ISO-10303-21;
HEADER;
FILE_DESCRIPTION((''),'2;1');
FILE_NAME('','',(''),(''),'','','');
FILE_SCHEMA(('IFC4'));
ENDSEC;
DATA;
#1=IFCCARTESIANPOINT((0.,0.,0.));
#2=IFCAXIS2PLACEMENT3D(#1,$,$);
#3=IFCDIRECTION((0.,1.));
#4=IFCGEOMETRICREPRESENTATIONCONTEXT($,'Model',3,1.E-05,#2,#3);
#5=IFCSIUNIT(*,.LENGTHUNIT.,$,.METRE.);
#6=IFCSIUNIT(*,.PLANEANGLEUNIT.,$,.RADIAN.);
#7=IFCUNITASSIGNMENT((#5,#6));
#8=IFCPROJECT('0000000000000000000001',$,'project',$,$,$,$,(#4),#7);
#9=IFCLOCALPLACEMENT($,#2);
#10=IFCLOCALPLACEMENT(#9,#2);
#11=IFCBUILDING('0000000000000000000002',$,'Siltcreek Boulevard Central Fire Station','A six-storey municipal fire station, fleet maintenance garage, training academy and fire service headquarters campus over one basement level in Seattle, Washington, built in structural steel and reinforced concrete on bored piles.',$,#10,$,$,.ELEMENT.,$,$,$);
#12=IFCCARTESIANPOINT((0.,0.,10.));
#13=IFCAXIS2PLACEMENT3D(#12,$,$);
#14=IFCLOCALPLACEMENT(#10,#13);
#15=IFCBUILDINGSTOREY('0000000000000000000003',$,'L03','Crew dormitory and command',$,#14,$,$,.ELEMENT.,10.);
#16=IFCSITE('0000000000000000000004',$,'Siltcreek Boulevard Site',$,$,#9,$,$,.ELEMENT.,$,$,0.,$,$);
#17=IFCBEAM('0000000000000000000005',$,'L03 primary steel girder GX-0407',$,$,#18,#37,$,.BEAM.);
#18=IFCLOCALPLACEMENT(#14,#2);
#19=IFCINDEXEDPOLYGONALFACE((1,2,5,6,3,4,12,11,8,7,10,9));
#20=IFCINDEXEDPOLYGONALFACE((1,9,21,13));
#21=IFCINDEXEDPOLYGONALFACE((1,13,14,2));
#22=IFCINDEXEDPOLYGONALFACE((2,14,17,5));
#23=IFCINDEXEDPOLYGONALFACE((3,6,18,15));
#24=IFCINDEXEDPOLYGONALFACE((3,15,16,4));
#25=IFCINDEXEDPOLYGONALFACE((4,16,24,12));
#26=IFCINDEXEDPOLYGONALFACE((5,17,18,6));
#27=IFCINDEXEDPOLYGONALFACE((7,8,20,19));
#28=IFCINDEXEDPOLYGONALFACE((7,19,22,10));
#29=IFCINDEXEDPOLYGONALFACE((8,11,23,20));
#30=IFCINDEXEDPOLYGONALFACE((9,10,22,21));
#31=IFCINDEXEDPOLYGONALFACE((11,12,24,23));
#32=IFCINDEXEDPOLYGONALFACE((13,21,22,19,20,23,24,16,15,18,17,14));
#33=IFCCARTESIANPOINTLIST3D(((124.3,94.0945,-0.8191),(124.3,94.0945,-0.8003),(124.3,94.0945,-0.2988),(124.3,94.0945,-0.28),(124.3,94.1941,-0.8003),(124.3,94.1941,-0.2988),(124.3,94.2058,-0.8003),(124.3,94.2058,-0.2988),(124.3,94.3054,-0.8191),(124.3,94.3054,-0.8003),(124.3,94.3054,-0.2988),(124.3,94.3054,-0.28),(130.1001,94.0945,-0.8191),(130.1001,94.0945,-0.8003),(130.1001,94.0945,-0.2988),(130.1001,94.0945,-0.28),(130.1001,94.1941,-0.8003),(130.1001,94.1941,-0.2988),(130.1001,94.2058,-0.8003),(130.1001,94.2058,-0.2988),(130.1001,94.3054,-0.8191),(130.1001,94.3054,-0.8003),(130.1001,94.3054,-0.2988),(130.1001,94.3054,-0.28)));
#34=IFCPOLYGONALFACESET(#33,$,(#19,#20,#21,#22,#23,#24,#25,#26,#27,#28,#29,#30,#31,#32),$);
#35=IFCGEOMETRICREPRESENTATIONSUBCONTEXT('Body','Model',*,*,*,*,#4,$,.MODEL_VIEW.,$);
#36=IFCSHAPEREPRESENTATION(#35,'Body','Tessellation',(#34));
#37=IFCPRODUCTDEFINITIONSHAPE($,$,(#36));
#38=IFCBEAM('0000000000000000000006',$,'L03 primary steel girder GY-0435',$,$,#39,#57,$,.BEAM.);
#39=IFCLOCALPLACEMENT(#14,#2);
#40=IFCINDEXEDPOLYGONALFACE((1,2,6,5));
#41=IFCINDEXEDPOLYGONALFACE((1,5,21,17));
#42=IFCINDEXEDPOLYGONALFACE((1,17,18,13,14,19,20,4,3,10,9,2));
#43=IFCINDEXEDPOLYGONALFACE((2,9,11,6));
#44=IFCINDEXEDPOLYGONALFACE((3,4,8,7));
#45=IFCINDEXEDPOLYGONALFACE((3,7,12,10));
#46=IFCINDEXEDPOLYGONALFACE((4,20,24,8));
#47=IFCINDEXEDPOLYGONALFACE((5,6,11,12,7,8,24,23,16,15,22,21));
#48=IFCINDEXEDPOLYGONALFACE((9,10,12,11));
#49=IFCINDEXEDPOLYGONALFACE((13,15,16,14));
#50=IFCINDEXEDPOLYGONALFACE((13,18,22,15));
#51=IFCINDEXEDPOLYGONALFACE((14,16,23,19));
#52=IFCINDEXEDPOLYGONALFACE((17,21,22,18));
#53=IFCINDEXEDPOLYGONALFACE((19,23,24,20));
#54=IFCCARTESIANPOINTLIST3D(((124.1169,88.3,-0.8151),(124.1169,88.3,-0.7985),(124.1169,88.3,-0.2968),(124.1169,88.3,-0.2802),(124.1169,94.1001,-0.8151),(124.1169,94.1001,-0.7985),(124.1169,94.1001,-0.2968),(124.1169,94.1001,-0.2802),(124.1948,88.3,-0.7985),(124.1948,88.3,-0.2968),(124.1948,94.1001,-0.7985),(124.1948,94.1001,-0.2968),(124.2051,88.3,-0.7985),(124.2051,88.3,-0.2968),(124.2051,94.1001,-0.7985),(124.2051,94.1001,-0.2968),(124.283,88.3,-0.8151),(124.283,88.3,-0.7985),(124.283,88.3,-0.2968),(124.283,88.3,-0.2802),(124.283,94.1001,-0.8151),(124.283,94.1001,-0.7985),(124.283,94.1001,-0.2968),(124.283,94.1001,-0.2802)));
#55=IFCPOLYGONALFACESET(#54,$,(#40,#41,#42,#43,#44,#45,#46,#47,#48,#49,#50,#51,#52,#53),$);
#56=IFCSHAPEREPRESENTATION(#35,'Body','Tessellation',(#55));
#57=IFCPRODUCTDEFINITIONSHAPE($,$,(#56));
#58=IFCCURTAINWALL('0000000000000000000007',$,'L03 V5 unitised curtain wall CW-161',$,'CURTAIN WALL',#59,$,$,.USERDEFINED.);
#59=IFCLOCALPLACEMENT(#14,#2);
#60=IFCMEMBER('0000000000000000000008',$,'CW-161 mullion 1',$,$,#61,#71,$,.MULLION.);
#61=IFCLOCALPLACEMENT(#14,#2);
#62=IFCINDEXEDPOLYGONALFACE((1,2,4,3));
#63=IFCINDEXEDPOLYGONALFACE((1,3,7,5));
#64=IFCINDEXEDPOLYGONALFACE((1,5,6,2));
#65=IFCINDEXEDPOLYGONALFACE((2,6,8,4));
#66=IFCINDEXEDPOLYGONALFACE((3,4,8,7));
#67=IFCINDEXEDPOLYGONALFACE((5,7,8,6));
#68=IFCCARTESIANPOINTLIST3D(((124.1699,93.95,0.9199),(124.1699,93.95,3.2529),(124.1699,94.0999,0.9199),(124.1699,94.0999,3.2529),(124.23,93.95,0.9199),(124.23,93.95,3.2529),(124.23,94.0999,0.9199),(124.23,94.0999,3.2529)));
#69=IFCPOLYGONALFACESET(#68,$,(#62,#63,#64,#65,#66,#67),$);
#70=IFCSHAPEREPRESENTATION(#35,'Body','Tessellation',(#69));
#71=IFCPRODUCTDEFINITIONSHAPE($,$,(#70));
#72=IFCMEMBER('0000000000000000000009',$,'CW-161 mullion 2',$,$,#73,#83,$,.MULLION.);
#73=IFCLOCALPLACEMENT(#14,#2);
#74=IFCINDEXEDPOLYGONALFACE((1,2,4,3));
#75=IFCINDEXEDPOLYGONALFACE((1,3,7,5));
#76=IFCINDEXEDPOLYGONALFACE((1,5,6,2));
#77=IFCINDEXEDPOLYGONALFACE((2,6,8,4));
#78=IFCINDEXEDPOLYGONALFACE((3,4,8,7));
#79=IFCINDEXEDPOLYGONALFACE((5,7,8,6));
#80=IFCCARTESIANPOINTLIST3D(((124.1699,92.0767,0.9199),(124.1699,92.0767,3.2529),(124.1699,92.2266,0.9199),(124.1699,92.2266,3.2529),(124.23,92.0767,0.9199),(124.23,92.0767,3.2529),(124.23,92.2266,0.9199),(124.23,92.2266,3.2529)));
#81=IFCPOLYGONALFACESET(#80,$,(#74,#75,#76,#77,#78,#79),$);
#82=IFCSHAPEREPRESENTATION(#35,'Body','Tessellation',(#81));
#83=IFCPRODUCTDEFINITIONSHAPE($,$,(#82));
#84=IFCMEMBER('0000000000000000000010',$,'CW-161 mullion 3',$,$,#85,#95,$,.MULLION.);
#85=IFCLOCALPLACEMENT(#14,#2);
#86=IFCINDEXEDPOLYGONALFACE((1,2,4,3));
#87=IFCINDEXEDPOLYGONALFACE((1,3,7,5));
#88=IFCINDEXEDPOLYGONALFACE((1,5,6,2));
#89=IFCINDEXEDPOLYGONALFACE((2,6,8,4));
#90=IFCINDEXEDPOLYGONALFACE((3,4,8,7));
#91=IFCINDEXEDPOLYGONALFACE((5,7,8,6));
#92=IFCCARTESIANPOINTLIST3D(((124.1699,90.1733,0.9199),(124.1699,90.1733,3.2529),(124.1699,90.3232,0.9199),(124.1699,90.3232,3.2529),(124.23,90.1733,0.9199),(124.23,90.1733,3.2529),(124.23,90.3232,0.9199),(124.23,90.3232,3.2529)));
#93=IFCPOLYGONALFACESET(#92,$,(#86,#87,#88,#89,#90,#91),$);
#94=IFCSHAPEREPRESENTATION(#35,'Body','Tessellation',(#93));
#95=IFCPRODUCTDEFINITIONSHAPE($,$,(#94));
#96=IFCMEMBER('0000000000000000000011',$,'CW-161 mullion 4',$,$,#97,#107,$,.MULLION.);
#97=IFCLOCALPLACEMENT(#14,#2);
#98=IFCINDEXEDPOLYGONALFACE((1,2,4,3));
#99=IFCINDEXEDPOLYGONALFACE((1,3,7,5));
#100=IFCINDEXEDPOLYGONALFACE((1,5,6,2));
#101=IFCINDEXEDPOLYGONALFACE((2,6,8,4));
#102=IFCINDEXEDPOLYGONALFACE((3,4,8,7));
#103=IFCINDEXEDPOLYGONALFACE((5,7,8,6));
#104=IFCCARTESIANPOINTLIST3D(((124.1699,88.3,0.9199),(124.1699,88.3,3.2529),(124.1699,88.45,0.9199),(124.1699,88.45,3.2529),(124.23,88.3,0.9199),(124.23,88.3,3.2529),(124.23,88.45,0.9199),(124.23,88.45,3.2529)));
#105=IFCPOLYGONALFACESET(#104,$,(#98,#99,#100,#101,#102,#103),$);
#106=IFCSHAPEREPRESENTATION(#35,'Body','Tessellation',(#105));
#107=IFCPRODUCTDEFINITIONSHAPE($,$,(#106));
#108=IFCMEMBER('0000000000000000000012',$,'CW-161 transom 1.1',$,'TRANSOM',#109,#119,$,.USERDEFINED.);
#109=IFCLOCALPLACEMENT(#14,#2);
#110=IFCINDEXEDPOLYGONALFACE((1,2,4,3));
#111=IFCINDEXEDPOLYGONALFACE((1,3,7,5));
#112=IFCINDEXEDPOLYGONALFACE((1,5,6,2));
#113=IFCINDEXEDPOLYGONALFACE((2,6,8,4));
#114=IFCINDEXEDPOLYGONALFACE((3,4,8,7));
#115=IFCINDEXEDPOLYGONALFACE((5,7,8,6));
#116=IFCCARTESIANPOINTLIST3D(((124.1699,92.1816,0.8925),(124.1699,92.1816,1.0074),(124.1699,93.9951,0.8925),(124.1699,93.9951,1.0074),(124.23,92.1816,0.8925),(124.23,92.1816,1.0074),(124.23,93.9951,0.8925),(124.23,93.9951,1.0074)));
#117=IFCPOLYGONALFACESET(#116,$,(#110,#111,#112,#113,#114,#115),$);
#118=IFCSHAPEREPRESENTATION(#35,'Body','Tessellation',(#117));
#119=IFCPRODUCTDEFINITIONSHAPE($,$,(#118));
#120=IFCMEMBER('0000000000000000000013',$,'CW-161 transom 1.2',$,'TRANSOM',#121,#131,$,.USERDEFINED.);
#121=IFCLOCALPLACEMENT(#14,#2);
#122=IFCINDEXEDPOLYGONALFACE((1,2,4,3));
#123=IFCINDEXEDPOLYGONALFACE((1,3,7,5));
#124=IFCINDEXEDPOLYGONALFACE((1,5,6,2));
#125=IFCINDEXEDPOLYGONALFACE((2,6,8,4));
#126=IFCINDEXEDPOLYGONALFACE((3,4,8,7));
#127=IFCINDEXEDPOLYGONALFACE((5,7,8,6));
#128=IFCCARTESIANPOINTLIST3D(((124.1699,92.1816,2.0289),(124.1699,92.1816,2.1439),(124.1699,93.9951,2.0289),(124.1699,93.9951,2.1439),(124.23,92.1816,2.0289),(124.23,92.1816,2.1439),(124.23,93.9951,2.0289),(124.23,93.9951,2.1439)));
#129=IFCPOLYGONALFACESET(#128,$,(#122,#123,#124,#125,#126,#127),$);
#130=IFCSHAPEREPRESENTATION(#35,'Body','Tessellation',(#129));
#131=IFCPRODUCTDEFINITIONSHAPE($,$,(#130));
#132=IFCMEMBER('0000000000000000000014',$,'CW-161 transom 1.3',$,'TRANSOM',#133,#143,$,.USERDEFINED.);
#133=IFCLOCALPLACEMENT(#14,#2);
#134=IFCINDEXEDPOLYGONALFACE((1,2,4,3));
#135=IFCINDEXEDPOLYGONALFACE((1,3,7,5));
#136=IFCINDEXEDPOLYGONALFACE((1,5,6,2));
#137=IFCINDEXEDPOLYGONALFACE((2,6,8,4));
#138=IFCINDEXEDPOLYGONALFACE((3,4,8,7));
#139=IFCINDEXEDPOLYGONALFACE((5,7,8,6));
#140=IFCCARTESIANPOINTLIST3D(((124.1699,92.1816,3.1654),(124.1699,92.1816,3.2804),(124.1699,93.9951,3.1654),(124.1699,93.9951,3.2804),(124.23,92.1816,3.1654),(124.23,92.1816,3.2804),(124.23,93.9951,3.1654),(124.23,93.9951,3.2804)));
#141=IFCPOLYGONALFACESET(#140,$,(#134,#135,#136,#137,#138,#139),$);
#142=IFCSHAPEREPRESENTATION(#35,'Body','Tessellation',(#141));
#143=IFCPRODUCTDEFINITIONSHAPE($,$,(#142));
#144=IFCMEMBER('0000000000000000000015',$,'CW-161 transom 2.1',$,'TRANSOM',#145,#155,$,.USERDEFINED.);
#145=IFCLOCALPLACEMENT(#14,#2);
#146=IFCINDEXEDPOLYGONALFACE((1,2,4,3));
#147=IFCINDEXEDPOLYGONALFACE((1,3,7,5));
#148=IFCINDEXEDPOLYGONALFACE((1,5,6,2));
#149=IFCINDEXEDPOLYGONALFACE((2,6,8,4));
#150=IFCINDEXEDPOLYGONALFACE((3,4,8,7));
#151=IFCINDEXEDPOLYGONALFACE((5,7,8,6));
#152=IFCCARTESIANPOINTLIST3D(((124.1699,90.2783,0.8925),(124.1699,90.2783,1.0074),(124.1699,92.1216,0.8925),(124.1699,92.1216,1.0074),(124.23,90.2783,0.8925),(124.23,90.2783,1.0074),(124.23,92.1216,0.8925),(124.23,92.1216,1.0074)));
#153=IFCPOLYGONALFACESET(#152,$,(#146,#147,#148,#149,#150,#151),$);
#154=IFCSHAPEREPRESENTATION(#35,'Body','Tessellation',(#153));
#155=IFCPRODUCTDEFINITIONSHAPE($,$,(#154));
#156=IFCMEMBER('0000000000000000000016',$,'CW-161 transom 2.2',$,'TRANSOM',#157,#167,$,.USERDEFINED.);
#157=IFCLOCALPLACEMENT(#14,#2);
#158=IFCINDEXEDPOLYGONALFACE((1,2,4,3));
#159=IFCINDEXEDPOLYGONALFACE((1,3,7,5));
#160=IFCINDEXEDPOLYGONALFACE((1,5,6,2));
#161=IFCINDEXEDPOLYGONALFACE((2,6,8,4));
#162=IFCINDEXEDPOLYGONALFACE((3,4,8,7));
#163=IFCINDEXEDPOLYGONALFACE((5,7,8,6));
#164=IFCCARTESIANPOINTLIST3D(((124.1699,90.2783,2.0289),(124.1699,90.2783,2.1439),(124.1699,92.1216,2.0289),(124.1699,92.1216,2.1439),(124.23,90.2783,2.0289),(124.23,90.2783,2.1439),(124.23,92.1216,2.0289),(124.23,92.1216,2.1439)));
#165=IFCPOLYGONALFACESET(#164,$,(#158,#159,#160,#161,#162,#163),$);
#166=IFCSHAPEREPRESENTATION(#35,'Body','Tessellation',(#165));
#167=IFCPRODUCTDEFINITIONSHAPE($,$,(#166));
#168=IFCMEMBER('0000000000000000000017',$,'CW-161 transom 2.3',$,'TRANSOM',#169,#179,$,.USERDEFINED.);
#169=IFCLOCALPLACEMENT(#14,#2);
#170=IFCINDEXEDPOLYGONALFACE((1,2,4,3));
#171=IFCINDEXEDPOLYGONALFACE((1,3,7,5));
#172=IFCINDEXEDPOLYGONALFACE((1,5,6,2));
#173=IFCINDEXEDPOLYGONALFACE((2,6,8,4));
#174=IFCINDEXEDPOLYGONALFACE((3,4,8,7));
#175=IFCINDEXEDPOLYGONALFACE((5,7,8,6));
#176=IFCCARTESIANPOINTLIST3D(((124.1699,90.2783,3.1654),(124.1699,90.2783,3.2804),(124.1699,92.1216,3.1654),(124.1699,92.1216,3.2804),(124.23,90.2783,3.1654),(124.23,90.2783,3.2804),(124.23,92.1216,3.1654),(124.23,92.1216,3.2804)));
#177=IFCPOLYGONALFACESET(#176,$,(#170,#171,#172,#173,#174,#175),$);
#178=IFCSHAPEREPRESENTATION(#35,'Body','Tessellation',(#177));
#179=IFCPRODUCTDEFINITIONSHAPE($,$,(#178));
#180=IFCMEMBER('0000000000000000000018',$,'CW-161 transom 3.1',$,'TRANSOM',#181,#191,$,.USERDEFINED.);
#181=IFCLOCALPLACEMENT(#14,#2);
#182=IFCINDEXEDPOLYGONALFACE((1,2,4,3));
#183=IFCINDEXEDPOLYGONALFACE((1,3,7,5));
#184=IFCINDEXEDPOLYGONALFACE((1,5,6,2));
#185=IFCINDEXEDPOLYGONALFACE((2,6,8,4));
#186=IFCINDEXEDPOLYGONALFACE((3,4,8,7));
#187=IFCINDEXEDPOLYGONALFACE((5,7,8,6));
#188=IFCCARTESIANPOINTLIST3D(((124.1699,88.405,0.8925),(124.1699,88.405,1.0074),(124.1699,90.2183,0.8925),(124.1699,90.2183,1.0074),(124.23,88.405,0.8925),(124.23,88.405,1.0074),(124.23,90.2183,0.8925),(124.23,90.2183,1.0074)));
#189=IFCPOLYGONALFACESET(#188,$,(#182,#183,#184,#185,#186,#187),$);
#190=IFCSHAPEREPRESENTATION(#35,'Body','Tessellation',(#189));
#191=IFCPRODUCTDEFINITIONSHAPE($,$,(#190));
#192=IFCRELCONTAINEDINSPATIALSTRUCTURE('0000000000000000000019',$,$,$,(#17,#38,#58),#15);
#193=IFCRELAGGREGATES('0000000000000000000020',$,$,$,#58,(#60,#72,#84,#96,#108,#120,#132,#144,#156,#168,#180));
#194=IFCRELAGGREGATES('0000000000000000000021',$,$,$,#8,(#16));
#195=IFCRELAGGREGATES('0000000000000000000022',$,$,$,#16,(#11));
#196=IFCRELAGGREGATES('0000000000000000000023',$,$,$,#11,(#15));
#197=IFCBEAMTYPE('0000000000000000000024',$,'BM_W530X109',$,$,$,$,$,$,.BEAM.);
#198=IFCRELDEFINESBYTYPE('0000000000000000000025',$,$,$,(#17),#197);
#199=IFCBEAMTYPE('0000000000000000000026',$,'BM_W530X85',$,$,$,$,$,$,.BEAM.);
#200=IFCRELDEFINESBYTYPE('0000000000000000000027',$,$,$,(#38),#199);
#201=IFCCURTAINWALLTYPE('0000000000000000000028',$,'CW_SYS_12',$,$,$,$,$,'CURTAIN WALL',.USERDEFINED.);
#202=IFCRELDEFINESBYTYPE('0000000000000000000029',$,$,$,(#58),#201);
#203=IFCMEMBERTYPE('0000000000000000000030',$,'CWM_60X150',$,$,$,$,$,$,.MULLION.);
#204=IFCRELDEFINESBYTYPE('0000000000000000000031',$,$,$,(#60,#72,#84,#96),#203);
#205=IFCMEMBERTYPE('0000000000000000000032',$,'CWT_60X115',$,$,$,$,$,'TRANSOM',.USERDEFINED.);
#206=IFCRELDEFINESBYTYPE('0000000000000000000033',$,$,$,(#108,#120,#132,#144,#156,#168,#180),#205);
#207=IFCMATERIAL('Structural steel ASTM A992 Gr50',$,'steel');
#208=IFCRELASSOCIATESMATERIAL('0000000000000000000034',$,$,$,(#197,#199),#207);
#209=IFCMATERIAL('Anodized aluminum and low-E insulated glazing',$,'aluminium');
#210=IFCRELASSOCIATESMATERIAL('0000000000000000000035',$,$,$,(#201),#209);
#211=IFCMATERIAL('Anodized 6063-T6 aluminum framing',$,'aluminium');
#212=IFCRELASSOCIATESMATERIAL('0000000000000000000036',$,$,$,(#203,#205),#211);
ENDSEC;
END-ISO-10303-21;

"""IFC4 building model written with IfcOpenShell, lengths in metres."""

from ifc_helpers import new_model, si_unit, direction, frame, origin, origin_2d, place, context, subcontext, project, spatial, rectangle, i_section, extrude, material, material_profile, profile_set, type_object, element, aggregate, save


model = new_model("IFC4")

# Units and contexts
model_context = context("Model", 3, precision=1e-05, world=origin(), true_north=direction((0.0, 1.0)))
body_context = subcontext(model_context, "Body", "Model", "MODEL_VIEW")
ifc_project = project(units=[si_unit("LENGTHUNIT", "METRE"), si_unit("PLANEANGLEUNIT", "RADIAN")], contexts=[model_context])

# Site, building, storey
site_placement = place(None, origin())
site = spatial("IfcSite", under=ifc_project, at=site_placement, Name="Siltcreek Boulevard Site", CompositionType="ELEMENT", RefElevation=0.0)
building_placement = place(site_placement, origin())
building = spatial("IfcBuilding", under=site, at=building_placement, Name="Siltcreek Boulevard Central Fire Station", Description="A six-storey municipal fire station, fleet maintenance garage, training academy and fire service headquarters campus over one basement level in Seattle, Washington, built in structural steel and reinforced concrete on bored piles.", CompositionType="ELEMENT")
storey_placement = place(building_placement, frame((0.0, 0.0, 10.0)))
storey = spatial("IfcBuildingStorey", under=building, at=storey_placement, Name="L03", Description="Crew dormitory and command", CompositionType="ELEMENT", Elevation=10.0)

# Beams
ifc_material_1 = material(Name="Structural steel ASTM A992 Gr50", Category="steel")
ifc_material_profile_1 = material_profile(ifc_material_1, i_section(OverallWidth=0.2109, OverallDepth=0.5391, WebThickness=0.0117, FlangeThickness=0.0188, at=origin_2d()), Name="W530X109")
ifc_profile_set_1 = profile_set([ifc_material_profile_1], Name="Structural steel ASTM A992 Gr50")
beam_type_1 = type_object("IfcBeamType", Name="BM_W530X109", PredefinedType="BEAM", material=ifc_profile_set_1)
beam_1_placement = place(storey_placement, frame((124.3, 94.2, -0.5496), z_axis=(1.0, 0.0, 0.0), x_axis=(0.0, 1.0, 0.0)))
element("IfcBeam", 1, at=beam_1_placement, inside=storey, type_object=beam_type_1, Name="L03 primary steel girder GX-0407", PredefinedType="BEAM", context=body_context, shape_type="SweptSolid", body=[
    extrude(i_section(OverallWidth=0.2109, OverallDepth=0.5391, WebThickness=0.0117, FlangeThickness=0.0188, at=origin_2d()), origin(), (0.0, 0.0, 1.0), 5.8),
])
ifc_material_profile_2 = material_profile(ifc_material_1, i_section(OverallWidth=0.166, OverallDepth=0.5349, WebThickness=0.0103, FlangeThickness=0.0166, at=origin_2d()), Name="W530X85")
ifc_profile_set_2 = profile_set([ifc_material_profile_2], Name="Structural steel ASTM A992 Gr50")
beam_type_2 = type_object("IfcBeamType", Name="BM_W530X85", PredefinedType="BEAM", material=ifc_profile_set_2)
beam_2_placement = place(storey_placement, frame((124.2, 88.3, -0.5476), z_axis=(0.0, 1.0, 0.0), x_axis=(-1.0, 0.0, 0.0)))
element("IfcBeam", 2, at=beam_2_placement, inside=storey, type_object=beam_type_2, Name="L03 primary steel girder GY-0435", PredefinedType="BEAM", context=body_context, shape_type="SweptSolid", body=[
    extrude(i_section(OverallWidth=0.166, OverallDepth=0.5349, WebThickness=0.0103, FlangeThickness=0.0166, at=origin_2d()), origin(), (0.0, 0.0, 1.0), 5.8),
])

# Curtain wall, members
ifc_material_2 = material(Name="Anodized aluminum and low-E insulated glazing", Category="aluminium")
curtain_wall_type = type_object("IfcCurtainWallType", Name="CW_SYS_12", ElementType="CURTAIN WALL", PredefinedType="USERDEFINED", material=ifc_material_2)
curtain_wall_placement = place(storey_placement, origin())
curtain_wall = element("IfcCurtainWall", 3, at=curtain_wall_placement, inside=storey, type_object=curtain_wall_type, Name="L03 V5 unitised curtain wall CW-161", ObjectType="CURTAIN WALL", PredefinedType="USERDEFINED")
ifc_material_3 = material(Name="Anodized 6063-T6 aluminum framing", Category="aluminium")
ifc_material_profile_3 = material_profile(ifc_material_3, rectangle(XDim=0.0601, YDim=0.1499, at=origin_2d()), Name="MULL60X150")
ifc_profile_set_3 = profile_set([ifc_material_profile_3], Name="Anodized 6063-T6 aluminum framing")
member_type_1 = type_object("IfcMemberType", Name="CWM_60X150", PredefinedType="MULLION", material=ifc_profile_set_3)
member_1_placement = place(storey_placement, frame((124.2, 94.0249, 0.9199), z_axis=(0.0, 0.0, 1.0), x_axis=(1.0, 0.0, 0.0)))
member_1 = element("IfcMember", 4, at=member_1_placement, type_object=member_type_1, Name="CW-161 mullion 1", PredefinedType="MULLION", context=body_context, shape_type="SweptSolid", body=[
    extrude(rectangle(XDim=0.0601, YDim=0.1499, at=origin_2d()), origin(), (0.0, 0.0, 1.0), 2.333),
])
member_2_placement = place(storey_placement, frame((124.2, 92.1516, 0.9199), z_axis=(0.0, 0.0, 1.0), x_axis=(1.0, 0.0, 0.0)))
member_2 = element("IfcMember", 5, at=member_2_placement, type_object=member_type_1, Name="CW-161 mullion 2", PredefinedType="MULLION", context=body_context, shape_type="SweptSolid", body=[
    extrude(rectangle(XDim=0.0601, YDim=0.1499, at=origin_2d()), origin(), (0.0, 0.0, 1.0), 2.333),
])
member_3_placement = place(storey_placement, frame((124.2, 90.2483, 0.9199), z_axis=(0.0, 0.0, 1.0), x_axis=(1.0, 0.0, 0.0)))
member_3 = element("IfcMember", 6, at=member_3_placement, type_object=member_type_1, Name="CW-161 mullion 3", PredefinedType="MULLION", context=body_context, shape_type="SweptSolid", body=[
    extrude(rectangle(XDim=0.0601, YDim=0.1499, at=origin_2d()), origin(), (0.0, 0.0, 1.0), 2.333),
])
member_4_placement = place(storey_placement, frame((124.2, 88.375, 0.9199), z_axis=(0.0, 0.0, 1.0), x_axis=(1.0, 0.0, 0.0)))
member_4 = element("IfcMember", 7, at=member_4_placement, type_object=member_type_1, Name="CW-161 mullion 4", PredefinedType="MULLION", context=body_context, shape_type="SweptSolid", body=[
    extrude(rectangle(XDim=0.0601, YDim=0.1499, at=origin_2d()), origin(), (0.0, 0.0, 1.0), 2.333),
])
ifc_material_profile_4 = material_profile(ifc_material_3, rectangle(XDim=0.0601, YDim=0.115, at=origin_2d()), Name="TRAN60X115")
ifc_profile_set_4 = profile_set([ifc_material_profile_4], Name="Anodized 6063-T6 aluminum framing")
member_type_2 = type_object("IfcMemberType", Name="CWT_60X115", ElementType="TRANSOM", PredefinedType="USERDEFINED", material=ifc_profile_set_4)
member_5_placement = place(storey_placement, frame((124.2, 93.9951, 0.95), z_axis=(0.0, -1.0, 0.0), x_axis=(1.0, 0.0, 0.0)))
member_5 = element("IfcMember", 8, at=member_5_placement, type_object=member_type_2, Name="CW-161 transom 1.1", ObjectType="TRANSOM", PredefinedType="USERDEFINED", context=body_context, shape_type="SweptSolid", body=[
    extrude(rectangle(XDim=0.0601, YDim=0.115, at=origin_2d()), origin(), (0.0, 0.0, 1.0), 1.8135),
])
member_6_placement = place(storey_placement, frame((124.2, 93.9951, 2.0864), z_axis=(0.0, -1.0, 0.0), x_axis=(1.0, 0.0, 0.0)))
member_6 = element("IfcMember", 9, at=member_6_placement, type_object=member_type_2, Name="CW-161 transom 1.2", ObjectType="TRANSOM", PredefinedType="USERDEFINED", context=body_context, shape_type="SweptSolid", body=[
    extrude(rectangle(XDim=0.0601, YDim=0.115, at=origin_2d()), origin(), (0.0, 0.0, 1.0), 1.8135),
])
member_7_placement = place(storey_placement, frame((124.2, 93.9951, 3.2229), z_axis=(0.0, -1.0, 0.0), x_axis=(1.0, 0.0, 0.0)))
member_7 = element("IfcMember", 10, at=member_7_placement, type_object=member_type_2, Name="CW-161 transom 1.3", ObjectType="TRANSOM", PredefinedType="USERDEFINED", context=body_context, shape_type="SweptSolid", body=[
    extrude(rectangle(XDim=0.0601, YDim=0.115, at=origin_2d()), origin(), (0.0, 0.0, 1.0), 1.8135),
])
member_8_placement = place(storey_placement, frame((124.2, 92.1216, 0.95), z_axis=(0.0, -1.0, 0.0), x_axis=(1.0, 0.0, 0.0)))
member_8 = element("IfcMember", 11, at=member_8_placement, type_object=member_type_2, Name="CW-161 transom 2.1", ObjectType="TRANSOM", PredefinedType="USERDEFINED", context=body_context, shape_type="SweptSolid", body=[
    extrude(rectangle(XDim=0.0601, YDim=0.115, at=origin_2d()), origin(), (0.0, 0.0, 1.0), 1.8433),
])
member_9_placement = place(storey_placement, frame((124.2, 92.1216, 2.0864), z_axis=(0.0, -1.0, 0.0), x_axis=(1.0, 0.0, 0.0)))
member_9 = element("IfcMember", 12, at=member_9_placement, type_object=member_type_2, Name="CW-161 transom 2.2", ObjectType="TRANSOM", PredefinedType="USERDEFINED", context=body_context, shape_type="SweptSolid", body=[
    extrude(rectangle(XDim=0.0601, YDim=0.115, at=origin_2d()), origin(), (0.0, 0.0, 1.0), 1.8433),
])
member_10_placement = place(storey_placement, frame((124.2, 92.1216, 3.2229), z_axis=(0.0, -1.0, 0.0), x_axis=(1.0, 0.0, 0.0)))
member_10 = element("IfcMember", 13, at=member_10_placement, type_object=member_type_2, Name="CW-161 transom 2.3", ObjectType="TRANSOM", PredefinedType="USERDEFINED", context=body_context, shape_type="SweptSolid", body=[
    extrude(rectangle(XDim=0.0601, YDim=0.115, at=origin_2d()), origin(), (0.0, 0.0, 1.0), 1.8433),
])
member_11_placement = place(storey_placement, frame((124.2, 90.2183, 0.95), z_axis=(0.0, -1.0, 0.0), x_axis=(1.0, 0.0, 0.0)))
member_11 = element("IfcMember", 14, at=member_11_placement, type_object=member_type_2, Name="CW-161 transom 3.1", ObjectType="TRANSOM", PredefinedType="USERDEFINED", context=body_context, shape_type="SweptSolid", body=[
    extrude(rectangle(XDim=0.0601, YDim=0.115, at=origin_2d()), origin(), (0.0, 0.0, 1.0), 1.8132),
])
aggregate(curtain_wall, [member_1, member_2, member_3, member_4, member_5, member_6, member_7, member_8, member_9, member_10, member_11])

save(model, "model.ifc")
